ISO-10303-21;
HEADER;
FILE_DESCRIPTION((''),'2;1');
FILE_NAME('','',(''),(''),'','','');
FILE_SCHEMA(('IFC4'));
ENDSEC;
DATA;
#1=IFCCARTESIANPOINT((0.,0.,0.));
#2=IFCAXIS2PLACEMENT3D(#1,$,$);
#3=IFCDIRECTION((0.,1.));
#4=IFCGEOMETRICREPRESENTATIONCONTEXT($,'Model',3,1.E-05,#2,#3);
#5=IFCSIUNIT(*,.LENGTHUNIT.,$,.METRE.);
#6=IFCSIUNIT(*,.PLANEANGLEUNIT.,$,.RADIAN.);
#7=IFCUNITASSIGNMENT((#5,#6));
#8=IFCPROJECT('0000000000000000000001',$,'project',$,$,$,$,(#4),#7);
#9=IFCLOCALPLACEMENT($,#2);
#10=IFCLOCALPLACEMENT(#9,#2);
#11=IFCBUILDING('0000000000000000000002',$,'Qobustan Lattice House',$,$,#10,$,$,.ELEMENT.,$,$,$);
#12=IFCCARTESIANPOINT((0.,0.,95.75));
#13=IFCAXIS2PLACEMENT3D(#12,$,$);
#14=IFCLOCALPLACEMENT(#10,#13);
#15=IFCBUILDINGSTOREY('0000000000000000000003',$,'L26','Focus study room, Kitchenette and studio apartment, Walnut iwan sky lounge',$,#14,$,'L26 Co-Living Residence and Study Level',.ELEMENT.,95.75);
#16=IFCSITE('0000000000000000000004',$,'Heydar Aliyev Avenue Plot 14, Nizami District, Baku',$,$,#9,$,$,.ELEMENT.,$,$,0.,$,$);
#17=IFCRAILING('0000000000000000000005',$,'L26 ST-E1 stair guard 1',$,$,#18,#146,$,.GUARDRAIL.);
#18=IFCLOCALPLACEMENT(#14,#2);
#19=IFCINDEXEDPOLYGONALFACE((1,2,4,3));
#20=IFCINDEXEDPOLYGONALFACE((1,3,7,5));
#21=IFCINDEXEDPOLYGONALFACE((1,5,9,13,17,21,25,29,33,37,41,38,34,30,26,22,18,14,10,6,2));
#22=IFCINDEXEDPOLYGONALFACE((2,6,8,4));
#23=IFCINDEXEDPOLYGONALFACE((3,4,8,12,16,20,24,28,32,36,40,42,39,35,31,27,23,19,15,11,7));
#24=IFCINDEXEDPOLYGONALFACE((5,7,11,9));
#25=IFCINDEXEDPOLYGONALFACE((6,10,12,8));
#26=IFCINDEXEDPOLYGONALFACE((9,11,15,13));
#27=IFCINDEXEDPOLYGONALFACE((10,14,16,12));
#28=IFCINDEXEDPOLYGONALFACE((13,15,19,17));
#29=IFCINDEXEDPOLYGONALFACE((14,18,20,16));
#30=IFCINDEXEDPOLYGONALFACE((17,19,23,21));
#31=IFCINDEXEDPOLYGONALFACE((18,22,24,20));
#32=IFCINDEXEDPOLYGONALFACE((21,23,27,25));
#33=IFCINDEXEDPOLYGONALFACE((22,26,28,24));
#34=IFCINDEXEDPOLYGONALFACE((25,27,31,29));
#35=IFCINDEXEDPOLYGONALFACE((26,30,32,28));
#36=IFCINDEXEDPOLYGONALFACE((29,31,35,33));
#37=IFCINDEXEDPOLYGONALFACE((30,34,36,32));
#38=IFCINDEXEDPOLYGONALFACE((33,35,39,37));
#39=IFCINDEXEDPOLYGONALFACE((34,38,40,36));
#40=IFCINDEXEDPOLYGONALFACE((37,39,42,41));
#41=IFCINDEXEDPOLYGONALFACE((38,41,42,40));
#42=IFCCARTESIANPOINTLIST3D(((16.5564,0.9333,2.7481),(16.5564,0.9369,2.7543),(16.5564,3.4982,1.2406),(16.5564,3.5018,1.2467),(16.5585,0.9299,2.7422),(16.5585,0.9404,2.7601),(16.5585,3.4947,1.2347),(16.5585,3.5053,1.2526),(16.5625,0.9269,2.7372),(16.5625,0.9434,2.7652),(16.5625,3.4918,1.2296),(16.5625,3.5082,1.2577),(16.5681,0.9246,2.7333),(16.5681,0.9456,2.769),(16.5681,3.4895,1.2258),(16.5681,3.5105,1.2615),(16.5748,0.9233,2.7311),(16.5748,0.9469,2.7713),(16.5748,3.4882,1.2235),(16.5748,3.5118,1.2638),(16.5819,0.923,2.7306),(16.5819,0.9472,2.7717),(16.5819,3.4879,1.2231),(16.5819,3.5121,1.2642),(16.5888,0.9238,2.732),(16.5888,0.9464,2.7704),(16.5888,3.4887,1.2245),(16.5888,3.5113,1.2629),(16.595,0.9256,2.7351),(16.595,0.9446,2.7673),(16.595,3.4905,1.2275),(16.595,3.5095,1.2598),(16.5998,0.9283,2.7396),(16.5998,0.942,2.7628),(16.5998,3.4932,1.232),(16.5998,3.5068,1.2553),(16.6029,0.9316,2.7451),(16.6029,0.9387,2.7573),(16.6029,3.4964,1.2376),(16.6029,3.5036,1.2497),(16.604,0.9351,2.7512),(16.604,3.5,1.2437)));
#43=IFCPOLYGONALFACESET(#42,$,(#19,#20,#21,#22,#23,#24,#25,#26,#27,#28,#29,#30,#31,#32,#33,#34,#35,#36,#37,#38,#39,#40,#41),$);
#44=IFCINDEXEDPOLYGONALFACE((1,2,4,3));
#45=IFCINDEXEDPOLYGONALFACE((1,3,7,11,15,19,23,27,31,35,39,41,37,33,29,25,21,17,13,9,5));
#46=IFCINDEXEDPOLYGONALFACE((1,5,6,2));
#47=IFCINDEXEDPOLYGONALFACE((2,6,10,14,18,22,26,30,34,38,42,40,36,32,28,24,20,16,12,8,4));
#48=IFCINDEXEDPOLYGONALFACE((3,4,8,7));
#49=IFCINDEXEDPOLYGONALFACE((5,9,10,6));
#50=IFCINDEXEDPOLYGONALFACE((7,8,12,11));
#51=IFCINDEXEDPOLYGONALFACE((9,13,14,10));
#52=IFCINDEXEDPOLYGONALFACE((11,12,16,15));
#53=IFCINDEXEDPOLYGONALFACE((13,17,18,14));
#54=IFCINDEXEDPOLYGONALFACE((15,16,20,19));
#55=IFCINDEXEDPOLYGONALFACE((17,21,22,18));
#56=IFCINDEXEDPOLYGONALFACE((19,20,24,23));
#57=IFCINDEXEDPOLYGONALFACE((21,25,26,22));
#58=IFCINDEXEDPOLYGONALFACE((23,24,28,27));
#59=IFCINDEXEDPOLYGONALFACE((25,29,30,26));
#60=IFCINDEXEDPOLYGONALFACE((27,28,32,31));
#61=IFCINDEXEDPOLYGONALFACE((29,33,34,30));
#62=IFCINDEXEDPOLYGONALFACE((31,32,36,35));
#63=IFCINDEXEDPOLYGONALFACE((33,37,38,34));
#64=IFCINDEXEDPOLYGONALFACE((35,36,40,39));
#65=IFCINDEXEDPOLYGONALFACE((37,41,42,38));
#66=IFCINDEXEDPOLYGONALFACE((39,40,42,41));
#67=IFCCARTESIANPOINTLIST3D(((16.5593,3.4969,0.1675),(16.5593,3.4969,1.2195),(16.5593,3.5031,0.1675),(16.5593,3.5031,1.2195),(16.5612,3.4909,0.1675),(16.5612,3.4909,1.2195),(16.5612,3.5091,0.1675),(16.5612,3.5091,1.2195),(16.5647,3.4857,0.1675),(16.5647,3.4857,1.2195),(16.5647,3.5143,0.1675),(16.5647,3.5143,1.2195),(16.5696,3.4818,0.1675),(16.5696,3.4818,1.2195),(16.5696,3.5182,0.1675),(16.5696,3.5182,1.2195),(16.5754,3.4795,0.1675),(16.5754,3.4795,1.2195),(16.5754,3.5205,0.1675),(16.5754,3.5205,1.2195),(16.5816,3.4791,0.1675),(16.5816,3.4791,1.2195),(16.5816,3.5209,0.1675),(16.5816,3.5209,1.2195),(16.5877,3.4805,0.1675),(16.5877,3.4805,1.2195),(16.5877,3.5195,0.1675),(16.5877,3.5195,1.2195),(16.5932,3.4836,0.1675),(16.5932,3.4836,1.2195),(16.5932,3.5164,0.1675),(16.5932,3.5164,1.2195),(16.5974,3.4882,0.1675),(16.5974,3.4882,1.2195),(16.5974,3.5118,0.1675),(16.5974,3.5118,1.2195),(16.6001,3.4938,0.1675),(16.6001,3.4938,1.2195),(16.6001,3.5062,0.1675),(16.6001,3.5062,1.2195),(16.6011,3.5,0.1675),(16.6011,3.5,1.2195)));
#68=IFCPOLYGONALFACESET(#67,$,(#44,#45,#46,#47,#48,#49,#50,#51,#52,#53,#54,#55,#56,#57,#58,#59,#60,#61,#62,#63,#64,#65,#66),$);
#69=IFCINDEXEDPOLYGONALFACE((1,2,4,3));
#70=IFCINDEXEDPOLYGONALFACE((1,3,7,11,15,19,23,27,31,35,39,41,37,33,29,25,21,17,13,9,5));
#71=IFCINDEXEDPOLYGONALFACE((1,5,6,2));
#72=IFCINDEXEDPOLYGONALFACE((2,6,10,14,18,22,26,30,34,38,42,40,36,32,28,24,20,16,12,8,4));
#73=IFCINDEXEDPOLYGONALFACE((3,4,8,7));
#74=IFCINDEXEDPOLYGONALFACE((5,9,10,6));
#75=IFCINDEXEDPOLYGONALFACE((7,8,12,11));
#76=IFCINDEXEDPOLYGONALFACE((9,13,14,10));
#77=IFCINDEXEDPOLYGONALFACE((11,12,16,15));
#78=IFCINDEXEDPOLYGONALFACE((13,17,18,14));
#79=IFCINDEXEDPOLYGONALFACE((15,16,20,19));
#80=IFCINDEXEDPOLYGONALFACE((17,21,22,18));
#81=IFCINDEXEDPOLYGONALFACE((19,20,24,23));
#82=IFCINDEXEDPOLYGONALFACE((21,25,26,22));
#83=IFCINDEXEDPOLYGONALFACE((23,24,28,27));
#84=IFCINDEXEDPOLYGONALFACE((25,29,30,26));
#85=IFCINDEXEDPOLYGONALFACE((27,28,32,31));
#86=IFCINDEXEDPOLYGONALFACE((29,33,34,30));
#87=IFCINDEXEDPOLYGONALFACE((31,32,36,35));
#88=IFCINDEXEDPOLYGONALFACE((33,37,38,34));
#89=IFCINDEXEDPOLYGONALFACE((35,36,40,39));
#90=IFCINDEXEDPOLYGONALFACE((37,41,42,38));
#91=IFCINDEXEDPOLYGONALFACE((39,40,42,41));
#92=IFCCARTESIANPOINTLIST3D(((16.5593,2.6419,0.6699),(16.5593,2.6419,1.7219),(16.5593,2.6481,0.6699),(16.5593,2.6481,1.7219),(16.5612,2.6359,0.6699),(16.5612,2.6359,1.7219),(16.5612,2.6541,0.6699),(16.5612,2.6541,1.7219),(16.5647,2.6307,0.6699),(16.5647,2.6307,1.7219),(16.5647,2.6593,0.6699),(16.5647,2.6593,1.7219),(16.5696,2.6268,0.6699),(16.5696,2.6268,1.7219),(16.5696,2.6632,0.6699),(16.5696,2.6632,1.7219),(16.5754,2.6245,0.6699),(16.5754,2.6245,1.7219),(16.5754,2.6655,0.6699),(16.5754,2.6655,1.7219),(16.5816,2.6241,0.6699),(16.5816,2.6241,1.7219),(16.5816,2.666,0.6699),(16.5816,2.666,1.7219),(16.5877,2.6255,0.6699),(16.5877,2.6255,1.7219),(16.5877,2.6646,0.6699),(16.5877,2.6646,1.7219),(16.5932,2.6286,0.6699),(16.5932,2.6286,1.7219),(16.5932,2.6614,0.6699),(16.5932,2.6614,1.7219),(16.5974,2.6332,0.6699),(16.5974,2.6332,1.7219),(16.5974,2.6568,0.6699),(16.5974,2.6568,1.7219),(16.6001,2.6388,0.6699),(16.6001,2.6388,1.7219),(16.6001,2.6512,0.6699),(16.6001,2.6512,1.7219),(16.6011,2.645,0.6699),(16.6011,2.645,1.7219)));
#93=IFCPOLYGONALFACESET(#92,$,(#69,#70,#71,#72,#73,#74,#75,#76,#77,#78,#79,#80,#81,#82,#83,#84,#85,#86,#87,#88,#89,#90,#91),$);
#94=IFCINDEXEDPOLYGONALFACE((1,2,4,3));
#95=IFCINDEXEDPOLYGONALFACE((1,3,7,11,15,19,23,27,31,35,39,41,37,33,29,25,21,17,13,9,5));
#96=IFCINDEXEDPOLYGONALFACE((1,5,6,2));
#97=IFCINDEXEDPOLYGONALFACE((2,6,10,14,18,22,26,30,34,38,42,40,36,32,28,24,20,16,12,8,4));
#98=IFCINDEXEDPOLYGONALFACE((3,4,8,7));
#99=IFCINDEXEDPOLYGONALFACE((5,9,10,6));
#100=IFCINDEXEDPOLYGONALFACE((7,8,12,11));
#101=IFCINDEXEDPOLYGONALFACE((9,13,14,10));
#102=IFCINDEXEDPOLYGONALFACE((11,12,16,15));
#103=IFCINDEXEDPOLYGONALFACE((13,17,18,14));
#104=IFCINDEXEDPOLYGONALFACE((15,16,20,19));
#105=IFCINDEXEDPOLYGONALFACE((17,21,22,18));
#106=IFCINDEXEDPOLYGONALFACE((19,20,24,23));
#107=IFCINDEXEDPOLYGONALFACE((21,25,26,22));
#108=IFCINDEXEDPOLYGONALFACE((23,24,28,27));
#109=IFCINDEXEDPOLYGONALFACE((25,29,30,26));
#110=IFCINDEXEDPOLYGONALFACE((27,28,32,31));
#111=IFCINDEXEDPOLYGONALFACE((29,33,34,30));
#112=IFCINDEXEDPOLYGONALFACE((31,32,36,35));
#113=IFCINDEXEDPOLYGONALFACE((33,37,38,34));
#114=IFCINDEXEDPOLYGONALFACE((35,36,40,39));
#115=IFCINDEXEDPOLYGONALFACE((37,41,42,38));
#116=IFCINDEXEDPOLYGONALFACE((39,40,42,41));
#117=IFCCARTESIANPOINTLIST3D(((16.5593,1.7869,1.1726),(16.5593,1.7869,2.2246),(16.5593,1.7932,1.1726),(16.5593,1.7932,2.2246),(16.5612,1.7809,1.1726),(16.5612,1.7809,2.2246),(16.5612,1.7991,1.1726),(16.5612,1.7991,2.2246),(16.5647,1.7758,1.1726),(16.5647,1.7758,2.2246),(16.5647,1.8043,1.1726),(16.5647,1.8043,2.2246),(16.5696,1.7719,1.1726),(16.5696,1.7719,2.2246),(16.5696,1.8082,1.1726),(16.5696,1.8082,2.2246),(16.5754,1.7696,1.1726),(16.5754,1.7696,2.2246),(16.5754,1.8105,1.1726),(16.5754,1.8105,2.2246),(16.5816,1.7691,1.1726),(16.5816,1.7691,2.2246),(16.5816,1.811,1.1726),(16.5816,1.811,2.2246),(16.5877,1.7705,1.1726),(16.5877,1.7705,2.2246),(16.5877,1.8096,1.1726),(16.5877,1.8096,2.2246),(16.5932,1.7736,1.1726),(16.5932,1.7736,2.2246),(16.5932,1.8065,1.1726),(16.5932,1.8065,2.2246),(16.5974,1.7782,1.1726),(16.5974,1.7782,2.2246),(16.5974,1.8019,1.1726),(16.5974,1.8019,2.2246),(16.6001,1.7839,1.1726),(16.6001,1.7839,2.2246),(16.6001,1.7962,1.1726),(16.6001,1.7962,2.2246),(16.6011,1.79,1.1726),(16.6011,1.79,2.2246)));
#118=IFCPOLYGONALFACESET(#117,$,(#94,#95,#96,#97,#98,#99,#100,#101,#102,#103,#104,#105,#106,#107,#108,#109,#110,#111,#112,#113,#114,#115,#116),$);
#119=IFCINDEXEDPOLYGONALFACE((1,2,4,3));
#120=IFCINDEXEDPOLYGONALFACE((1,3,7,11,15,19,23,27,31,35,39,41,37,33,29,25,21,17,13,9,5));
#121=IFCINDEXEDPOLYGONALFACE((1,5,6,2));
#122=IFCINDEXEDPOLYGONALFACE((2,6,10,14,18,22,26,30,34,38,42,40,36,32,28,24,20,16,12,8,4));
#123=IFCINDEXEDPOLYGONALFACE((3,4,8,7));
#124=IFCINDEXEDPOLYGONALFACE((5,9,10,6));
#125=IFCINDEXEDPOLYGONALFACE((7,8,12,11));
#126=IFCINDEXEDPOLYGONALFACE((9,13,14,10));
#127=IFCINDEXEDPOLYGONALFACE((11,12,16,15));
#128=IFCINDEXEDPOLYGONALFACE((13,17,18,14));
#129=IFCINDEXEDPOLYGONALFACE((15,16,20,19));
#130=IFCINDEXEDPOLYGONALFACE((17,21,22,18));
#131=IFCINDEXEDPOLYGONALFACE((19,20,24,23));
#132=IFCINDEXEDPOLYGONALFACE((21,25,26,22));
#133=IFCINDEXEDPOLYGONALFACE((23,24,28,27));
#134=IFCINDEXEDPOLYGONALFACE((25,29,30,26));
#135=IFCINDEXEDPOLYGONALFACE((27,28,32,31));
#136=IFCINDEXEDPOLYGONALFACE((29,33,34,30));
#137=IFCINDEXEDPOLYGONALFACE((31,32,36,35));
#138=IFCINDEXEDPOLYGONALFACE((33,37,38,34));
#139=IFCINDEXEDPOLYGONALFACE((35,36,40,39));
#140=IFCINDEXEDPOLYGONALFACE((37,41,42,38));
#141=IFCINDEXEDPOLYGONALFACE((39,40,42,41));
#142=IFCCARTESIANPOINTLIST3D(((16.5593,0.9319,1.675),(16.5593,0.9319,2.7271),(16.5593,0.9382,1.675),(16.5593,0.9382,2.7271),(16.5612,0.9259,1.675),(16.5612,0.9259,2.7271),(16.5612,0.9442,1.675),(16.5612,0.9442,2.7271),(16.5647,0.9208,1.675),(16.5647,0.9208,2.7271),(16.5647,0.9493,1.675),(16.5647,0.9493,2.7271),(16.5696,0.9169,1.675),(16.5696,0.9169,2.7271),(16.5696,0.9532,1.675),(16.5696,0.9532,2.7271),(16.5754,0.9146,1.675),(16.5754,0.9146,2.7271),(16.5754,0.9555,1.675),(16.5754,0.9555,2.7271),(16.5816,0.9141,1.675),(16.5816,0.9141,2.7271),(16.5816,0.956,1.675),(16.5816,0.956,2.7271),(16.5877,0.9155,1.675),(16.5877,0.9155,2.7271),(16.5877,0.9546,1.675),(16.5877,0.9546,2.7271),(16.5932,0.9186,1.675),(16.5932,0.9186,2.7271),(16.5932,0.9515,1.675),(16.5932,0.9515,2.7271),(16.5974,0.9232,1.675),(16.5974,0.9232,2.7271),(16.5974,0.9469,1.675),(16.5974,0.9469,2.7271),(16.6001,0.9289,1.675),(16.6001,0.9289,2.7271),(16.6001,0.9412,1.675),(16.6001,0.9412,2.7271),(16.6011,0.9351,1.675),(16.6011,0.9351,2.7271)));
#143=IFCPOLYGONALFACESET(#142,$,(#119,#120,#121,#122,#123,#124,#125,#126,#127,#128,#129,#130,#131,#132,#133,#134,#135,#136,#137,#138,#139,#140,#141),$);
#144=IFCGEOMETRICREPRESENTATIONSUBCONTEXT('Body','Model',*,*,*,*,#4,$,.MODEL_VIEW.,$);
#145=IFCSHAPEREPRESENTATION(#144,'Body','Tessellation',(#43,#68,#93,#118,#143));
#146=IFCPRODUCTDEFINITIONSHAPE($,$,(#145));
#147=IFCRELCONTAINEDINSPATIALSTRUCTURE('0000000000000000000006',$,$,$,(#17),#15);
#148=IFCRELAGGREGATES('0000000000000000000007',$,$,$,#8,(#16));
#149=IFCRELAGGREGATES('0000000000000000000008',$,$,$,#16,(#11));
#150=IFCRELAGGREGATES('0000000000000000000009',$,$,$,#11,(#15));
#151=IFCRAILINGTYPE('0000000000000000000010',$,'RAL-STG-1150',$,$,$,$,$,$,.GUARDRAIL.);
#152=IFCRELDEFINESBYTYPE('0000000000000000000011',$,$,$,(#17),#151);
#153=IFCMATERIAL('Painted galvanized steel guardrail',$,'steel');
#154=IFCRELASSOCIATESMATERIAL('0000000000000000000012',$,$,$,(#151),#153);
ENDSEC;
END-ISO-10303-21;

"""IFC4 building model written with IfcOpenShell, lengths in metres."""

from ifc_helpers import new_model, si_unit, direction, frame, origin, origin_2d, place, context, subcontext, project, spatial, circle, extrude, material, type_object, element, save


model = new_model("IFC4")

# Units and contexts
model_context = context("Model", 3, precision=1e-05, world=origin(), true_north=direction((0.0, 1.0)))
body_context = subcontext(model_context, "Body", "Model", "MODEL_VIEW")
ifc_project = project(units=[si_unit("LENGTHUNIT", "METRE"), si_unit("PLANEANGLEUNIT", "RADIAN")], contexts=[model_context])

# Site, building, storey
site_placement = place(None, origin())
site = spatial("IfcSite", under=ifc_project, at=site_placement, Name="Heydar Aliyev Avenue Plot 14, Nizami District, Baku", CompositionType="ELEMENT", RefElevation=0.0)
building_placement = place(site_placement, origin())
building = spatial("IfcBuilding", under=site, at=building_placement, Name="Qobustan Lattice House", CompositionType="ELEMENT")
storey_placement = place(building_placement, frame((0.0, 0.0, 95.75)))
storey = spatial("IfcBuildingStorey", under=building, at=storey_placement, Name="L26", Description="Focus study room, Kitchenette and studio apartment, Walnut iwan sky lounge", LongName="L26 Co-Living Residence and Study Level", CompositionType="ELEMENT", Elevation=95.75)

# Railing
ifc_material_1 = material(Name="Painted galvanized steel guardrail", Category="steel")
railing_type_1 = type_object("IfcRailingType", Name="RAL-STG-1150", PredefinedType="GUARDRAIL", material=ifc_material_1)
railing_1_placement = place(storey_placement, frame((16.5801, 3.5, 0.1675)))
element("IfcRailing", 1, at=railing_1_placement, inside=storey, type_object=railing_type_1, Name="L26 ST-E1 stair guard 1", PredefinedType="GUARDRAIL", context=body_context, shape_type="SweptSolid", body=[
    extrude(circle(Radius=0.0239, at=origin_2d()), frame((0.0, 0.0, 1.0762), z_axis=(0.0, -0.862113, 0.506715), x_axis=(1.0, 0.0, 0.0)), (0.0, 0.0, 1.0), 2.9751),
    extrude(circle(Radius=0.021, at=origin_2d()), origin(), (0.0, 0.0, 1.0), 1.052),
    extrude(circle(Radius=0.021, at=origin_2d()), frame((0.0, -0.855, 0.5024)), (0.0, 0.0, 1.0), 1.052),
    extrude(circle(Radius=0.021, at=origin_2d()), frame((0.0, -1.71, 1.0051)), (0.0, 0.0, 1.0), 1.052),
    extrude(circle(Radius=0.021, at=origin_2d()), frame((0.0, -2.5649, 1.5076)), (0.0, 0.0, 1.0), 1.052),
])

save(model, "model.ifc")
